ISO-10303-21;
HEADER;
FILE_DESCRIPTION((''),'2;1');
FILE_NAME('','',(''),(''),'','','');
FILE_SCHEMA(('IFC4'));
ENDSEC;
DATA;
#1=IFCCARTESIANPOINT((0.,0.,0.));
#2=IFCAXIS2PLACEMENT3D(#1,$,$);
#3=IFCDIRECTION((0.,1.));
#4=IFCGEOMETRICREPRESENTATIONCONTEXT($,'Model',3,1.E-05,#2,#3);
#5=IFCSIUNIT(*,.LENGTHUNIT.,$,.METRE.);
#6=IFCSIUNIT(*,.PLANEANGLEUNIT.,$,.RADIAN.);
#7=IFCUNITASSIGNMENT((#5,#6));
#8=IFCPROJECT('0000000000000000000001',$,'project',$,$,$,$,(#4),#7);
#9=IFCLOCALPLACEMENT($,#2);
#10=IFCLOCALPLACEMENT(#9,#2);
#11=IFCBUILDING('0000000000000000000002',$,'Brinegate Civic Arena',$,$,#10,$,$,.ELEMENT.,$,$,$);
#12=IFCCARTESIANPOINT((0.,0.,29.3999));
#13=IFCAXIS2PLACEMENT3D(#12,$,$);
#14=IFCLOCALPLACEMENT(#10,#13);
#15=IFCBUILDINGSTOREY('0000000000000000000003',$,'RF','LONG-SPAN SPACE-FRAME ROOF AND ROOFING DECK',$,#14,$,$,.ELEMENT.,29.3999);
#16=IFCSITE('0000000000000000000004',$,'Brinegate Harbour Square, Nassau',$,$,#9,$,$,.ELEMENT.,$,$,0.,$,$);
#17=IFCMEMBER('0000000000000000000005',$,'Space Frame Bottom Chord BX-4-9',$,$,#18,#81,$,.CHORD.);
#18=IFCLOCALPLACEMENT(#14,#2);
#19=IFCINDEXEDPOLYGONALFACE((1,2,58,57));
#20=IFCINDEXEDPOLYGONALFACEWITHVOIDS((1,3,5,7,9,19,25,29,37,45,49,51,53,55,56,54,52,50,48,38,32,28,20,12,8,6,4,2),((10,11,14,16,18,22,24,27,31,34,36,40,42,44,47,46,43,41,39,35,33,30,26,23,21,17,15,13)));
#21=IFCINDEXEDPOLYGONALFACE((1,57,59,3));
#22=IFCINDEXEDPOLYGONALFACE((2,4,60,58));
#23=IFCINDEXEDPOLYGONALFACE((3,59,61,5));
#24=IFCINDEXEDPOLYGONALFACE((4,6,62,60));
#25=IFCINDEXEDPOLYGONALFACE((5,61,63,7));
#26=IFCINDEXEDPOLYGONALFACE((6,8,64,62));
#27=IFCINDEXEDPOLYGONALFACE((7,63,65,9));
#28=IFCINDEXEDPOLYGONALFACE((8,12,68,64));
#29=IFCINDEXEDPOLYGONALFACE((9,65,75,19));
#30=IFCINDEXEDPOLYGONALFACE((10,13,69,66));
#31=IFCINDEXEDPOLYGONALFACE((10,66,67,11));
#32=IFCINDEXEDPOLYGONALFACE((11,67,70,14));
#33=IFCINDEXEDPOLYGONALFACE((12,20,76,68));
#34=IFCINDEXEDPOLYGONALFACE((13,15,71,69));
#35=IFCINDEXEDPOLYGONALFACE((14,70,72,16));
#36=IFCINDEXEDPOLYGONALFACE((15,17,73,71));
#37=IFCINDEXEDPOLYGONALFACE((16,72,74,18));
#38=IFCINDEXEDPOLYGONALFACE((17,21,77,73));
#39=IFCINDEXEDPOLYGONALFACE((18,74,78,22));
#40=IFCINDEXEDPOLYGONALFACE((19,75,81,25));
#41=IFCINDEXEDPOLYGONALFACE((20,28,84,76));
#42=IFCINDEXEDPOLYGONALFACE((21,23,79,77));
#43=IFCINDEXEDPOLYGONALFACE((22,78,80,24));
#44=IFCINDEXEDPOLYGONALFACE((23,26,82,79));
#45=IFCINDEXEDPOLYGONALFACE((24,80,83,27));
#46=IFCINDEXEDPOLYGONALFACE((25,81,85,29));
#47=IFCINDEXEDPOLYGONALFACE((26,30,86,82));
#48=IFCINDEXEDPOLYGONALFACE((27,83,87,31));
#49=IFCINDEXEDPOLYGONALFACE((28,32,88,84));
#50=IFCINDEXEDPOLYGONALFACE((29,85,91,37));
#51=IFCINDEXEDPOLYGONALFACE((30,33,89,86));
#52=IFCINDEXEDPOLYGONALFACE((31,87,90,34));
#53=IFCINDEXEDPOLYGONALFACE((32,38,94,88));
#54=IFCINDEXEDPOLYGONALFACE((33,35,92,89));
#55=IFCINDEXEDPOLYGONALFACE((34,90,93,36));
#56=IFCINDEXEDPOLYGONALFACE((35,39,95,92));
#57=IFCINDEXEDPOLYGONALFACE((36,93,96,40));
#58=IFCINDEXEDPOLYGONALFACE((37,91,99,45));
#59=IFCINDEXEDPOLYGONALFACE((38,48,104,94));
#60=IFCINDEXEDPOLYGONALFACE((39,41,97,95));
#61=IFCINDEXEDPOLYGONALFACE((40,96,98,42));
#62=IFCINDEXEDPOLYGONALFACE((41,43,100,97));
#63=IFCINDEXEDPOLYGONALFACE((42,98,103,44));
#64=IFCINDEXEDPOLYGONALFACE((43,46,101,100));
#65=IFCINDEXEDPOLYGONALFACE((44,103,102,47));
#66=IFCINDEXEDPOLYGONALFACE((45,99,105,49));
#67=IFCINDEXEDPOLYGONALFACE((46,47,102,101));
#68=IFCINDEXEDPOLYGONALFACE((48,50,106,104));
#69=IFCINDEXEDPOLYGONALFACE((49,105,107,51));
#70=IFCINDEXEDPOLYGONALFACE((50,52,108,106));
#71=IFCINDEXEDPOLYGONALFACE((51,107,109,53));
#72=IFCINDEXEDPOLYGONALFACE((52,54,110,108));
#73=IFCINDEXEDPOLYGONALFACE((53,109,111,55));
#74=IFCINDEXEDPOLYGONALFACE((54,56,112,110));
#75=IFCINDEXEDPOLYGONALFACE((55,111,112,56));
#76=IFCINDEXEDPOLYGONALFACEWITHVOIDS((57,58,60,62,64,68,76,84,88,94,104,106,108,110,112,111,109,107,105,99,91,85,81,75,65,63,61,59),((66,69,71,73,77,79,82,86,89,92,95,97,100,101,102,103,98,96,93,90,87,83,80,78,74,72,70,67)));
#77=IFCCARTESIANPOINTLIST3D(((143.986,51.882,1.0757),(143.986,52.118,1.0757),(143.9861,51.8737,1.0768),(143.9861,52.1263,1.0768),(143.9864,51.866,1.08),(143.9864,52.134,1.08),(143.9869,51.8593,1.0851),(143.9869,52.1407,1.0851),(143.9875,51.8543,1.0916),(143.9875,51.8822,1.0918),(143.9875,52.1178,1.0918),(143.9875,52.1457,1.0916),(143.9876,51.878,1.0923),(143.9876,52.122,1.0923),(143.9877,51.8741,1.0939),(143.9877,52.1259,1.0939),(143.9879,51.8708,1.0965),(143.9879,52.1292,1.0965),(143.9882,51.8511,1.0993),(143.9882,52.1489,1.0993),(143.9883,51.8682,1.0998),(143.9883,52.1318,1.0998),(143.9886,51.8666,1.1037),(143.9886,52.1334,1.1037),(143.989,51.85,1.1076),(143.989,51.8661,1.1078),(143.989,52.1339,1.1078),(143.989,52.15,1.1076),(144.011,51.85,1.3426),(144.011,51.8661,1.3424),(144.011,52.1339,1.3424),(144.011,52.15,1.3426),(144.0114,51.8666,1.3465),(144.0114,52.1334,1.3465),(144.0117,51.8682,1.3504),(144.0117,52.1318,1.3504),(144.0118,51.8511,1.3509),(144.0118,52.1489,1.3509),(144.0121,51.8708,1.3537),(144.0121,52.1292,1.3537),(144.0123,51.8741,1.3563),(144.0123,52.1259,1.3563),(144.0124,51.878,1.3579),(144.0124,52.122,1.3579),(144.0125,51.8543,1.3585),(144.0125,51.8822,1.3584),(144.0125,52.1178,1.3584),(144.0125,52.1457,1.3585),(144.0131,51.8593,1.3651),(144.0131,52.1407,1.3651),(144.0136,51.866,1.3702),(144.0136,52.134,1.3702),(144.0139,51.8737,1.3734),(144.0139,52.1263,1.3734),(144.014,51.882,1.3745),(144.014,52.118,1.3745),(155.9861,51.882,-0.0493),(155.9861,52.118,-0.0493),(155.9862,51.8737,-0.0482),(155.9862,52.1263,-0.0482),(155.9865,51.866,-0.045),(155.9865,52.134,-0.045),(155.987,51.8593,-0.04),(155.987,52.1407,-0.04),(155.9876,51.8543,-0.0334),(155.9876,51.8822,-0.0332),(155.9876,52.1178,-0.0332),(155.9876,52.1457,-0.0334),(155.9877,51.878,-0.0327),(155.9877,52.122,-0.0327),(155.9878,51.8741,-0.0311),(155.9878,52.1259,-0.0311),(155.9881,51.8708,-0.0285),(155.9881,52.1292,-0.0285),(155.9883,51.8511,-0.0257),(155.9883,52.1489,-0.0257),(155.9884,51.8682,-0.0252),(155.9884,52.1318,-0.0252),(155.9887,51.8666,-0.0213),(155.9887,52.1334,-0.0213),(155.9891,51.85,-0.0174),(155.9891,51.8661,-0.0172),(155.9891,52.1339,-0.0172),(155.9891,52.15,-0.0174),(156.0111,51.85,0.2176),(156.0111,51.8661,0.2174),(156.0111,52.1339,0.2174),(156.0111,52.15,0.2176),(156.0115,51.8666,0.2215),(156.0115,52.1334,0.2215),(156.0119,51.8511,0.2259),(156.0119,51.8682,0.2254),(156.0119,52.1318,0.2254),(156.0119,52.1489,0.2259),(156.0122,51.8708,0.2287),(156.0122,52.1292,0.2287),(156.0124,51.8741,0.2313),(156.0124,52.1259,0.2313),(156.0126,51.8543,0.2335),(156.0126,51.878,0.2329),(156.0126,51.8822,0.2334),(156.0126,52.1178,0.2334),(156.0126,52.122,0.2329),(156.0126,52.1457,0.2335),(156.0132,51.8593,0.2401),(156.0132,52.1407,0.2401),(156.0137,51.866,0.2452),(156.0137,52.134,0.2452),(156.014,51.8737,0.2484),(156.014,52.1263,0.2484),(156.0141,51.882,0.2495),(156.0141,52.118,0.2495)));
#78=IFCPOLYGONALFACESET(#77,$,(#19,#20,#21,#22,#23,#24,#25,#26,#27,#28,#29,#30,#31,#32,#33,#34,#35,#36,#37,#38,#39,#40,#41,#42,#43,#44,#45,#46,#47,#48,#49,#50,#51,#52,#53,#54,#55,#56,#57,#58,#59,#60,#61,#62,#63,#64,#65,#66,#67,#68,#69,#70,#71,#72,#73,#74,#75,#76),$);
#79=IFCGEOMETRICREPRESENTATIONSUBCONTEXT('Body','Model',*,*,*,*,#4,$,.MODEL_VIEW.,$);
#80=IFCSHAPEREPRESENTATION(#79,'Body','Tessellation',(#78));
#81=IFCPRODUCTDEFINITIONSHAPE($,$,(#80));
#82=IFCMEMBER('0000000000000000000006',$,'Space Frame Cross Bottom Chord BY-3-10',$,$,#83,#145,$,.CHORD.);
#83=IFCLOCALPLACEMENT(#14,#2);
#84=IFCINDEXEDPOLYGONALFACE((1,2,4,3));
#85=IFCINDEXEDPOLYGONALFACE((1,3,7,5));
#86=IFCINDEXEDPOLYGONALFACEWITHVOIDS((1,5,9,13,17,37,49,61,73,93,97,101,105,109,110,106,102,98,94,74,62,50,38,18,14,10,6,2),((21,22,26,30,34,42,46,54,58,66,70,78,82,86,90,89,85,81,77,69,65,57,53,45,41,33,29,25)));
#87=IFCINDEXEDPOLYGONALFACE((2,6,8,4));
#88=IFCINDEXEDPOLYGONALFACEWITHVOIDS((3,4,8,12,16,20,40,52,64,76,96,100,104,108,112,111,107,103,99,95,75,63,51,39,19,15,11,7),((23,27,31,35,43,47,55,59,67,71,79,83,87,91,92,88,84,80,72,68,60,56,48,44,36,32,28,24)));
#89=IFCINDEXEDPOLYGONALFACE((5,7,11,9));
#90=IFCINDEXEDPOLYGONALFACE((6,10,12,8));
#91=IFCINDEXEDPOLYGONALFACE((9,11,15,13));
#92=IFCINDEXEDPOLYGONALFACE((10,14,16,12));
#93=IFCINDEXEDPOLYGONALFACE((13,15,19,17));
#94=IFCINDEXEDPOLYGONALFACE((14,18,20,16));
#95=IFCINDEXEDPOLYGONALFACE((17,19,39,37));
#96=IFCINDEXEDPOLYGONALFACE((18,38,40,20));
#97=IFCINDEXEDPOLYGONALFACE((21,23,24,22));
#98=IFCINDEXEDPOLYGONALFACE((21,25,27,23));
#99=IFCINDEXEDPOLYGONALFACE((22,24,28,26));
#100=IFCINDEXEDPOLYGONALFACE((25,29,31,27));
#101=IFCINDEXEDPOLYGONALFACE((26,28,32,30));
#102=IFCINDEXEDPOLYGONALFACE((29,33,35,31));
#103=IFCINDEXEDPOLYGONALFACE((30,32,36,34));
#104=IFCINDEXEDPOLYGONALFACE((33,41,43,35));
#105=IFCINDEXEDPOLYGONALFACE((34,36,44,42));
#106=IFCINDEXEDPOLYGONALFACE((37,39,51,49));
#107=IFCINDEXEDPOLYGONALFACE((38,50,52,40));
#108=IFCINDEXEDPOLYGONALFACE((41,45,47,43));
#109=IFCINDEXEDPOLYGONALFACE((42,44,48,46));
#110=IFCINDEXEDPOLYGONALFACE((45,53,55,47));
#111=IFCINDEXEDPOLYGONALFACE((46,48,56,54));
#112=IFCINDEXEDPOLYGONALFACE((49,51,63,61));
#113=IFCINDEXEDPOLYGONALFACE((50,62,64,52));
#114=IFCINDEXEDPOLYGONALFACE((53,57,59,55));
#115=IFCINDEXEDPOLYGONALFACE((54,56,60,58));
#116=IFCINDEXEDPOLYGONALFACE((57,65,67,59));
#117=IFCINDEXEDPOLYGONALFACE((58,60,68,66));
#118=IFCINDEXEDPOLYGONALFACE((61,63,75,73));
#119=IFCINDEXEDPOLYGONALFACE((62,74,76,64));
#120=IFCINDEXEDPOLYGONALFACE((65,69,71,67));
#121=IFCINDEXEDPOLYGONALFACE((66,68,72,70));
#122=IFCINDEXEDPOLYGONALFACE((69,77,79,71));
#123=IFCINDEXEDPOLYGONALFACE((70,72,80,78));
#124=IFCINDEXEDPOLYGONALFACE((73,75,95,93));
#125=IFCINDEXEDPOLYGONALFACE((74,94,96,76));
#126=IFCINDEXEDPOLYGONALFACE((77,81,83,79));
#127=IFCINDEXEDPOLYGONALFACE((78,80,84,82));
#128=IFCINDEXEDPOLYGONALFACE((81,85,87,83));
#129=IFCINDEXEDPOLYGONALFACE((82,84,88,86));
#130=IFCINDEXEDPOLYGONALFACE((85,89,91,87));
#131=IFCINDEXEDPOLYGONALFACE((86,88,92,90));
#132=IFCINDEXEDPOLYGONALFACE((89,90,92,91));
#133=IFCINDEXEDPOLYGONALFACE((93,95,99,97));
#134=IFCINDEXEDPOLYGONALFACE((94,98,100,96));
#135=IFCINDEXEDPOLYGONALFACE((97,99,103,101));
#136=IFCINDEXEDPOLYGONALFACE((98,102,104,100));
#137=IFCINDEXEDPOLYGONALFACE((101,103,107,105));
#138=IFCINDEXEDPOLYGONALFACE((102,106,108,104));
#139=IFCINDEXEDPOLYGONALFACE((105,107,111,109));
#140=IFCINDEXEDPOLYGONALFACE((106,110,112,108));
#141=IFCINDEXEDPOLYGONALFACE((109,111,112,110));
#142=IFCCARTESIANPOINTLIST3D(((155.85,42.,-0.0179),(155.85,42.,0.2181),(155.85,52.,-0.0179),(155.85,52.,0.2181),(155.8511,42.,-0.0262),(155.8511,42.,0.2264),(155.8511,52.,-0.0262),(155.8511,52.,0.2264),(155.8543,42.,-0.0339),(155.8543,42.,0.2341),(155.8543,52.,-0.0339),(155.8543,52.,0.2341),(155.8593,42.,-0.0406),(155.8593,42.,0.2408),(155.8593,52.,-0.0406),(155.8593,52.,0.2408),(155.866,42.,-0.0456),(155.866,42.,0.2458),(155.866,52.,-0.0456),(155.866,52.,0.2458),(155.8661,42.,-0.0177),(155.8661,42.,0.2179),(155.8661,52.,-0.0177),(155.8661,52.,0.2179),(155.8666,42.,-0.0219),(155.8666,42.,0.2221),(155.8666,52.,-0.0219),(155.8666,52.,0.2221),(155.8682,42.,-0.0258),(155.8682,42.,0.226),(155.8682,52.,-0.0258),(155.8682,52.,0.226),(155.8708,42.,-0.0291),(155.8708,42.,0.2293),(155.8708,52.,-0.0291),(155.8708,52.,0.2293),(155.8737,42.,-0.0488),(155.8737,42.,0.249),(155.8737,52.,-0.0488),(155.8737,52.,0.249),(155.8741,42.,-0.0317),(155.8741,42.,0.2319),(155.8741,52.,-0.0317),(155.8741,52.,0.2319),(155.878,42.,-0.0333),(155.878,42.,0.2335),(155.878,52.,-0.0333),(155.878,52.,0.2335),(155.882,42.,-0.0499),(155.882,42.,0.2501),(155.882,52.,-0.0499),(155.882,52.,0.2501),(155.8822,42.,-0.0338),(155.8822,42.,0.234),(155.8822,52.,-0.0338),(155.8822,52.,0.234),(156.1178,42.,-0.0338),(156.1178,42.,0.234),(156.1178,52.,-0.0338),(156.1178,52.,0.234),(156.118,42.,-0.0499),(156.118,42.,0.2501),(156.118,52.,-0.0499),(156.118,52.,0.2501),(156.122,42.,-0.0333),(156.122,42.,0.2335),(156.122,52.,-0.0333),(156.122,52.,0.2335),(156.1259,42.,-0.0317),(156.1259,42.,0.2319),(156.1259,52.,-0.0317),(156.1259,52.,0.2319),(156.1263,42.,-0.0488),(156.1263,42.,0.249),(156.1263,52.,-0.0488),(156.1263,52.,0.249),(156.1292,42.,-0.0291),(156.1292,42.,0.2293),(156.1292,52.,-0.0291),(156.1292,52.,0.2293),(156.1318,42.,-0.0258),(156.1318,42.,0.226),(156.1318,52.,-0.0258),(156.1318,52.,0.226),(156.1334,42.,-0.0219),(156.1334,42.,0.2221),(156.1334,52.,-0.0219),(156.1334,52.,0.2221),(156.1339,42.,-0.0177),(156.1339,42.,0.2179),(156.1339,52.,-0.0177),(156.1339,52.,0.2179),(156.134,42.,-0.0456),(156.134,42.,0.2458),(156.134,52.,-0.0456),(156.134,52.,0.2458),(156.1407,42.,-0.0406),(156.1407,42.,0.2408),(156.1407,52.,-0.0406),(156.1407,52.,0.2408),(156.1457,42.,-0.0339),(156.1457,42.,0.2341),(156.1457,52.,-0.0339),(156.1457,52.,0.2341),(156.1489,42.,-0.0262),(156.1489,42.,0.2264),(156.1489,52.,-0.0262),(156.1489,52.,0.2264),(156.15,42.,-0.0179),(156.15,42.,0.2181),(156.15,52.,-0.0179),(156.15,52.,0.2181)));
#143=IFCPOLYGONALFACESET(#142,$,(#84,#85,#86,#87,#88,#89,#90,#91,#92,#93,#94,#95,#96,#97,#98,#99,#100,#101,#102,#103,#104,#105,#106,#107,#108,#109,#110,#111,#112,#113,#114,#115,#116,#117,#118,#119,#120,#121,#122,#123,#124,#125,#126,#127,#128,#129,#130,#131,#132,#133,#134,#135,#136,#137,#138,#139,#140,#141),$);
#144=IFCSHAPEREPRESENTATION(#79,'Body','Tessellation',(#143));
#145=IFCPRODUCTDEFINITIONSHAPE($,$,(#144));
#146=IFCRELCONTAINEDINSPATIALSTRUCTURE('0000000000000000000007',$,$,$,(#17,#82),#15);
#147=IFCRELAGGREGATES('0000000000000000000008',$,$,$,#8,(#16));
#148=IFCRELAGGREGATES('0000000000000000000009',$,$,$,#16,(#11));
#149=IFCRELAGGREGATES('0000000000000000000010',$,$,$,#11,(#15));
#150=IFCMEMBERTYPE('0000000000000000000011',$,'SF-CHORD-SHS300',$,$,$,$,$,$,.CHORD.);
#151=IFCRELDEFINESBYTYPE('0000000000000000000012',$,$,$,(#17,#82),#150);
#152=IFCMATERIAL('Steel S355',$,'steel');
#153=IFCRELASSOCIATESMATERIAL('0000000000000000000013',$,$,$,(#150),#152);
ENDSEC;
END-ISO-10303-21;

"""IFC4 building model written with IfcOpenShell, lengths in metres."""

from ifc_helpers import new_model, si_unit, direction, frame, origin, origin_2d, place, context, subcontext, project, spatial, hollow_rectangle, extrude, material, material_profile, profile_set, type_object, element, save


model = new_model("IFC4")

# Units and contexts
model_context = context("Model", 3, precision=1e-05, world=origin(), true_north=direction((0.0, 1.0)))
body_context = subcontext(model_context, "Body", "Model", "MODEL_VIEW")
ifc_project = project(units=[si_unit("LENGTHUNIT", "METRE"), si_unit("PLANEANGLEUNIT", "RADIAN")], contexts=[model_context])

# Site, building, storey
site_placement = place(None, origin())
site = spatial("IfcSite", under=ifc_project, at=site_placement, Name="Brinegate Harbour Square, Nassau", CompositionType="ELEMENT", RefElevation=0.0)
building_placement = place(site_placement, origin())
building = spatial("IfcBuilding", under=site, at=building_placement, Name="Brinegate Civic Arena", CompositionType="ELEMENT")
storey_placement = place(building_placement, frame((0.0, 0.0, 29.3999)))
storey = spatial("IfcBuildingStorey", under=building, at=storey_placement, Name="RF", Description="LONG-SPAN SPACE-FRAME ROOF AND ROOFING DECK", CompositionType="ELEMENT", Elevation=29.3999)

# Shared definitions
ifc_material_1 = material(Name="Steel S355", Category="steel")

# Members
ifc_material_profile_1 = material_profile(ifc_material_1, hollow_rectangle(XDim=0.3, YDim=0.3, WallThickness=0.0161, InnerFilletRadius=0.0161, OuterFilletRadius=0.032, at=origin_2d()), Name="SHS300X16")
ifc_profile_set_1 = profile_set([ifc_material_profile_1], Name="Steel S355")
member_type_1 = type_object("IfcMemberType", Name="SF-CHORD-SHS300", PredefinedType="CHORD", material=ifc_profile_set_1)
member_1_placement = place(storey_placement, frame((144.0, 52.0, 1.2251), z_axis=(0.995634, 0.0, -0.093341), x_axis=(0.0, 1.0, 0.0)))
element("IfcMember", 1, at=member_1_placement, inside=storey, type_object=member_type_1, Name="Space Frame Bottom Chord BX-4-9", PredefinedType="CHORD", context=body_context, shape_type="SweptSolid", body=[
    extrude(hollow_rectangle(XDim=0.3, YDim=0.3, WallThickness=0.0161, InnerFilletRadius=0.0161, OuterFilletRadius=0.032, at=origin_2d()), origin(), (0.0, 0.0, 1.0), 12.0527),
])
member_2_placement = place(storey_placement, frame((156.0, 42.0, 0.1001), z_axis=(0.0, 1.0, 0.0), x_axis=(-1.0, 0.0, 0.0)))
element("IfcMember", 2, at=member_2_placement, inside=storey, type_object=member_type_1, Name="Space Frame Cross Bottom Chord BY-3-10", PredefinedType="CHORD", context=body_context, shape_type="SweptSolid", body=[
    extrude(hollow_rectangle(XDim=0.3, YDim=0.3, WallThickness=0.0161, InnerFilletRadius=0.0161, OuterFilletRadius=0.032, at=origin_2d()), origin(), (0.0, 0.0, 1.0), 10.0),
])

save(model, "model.ifc")
